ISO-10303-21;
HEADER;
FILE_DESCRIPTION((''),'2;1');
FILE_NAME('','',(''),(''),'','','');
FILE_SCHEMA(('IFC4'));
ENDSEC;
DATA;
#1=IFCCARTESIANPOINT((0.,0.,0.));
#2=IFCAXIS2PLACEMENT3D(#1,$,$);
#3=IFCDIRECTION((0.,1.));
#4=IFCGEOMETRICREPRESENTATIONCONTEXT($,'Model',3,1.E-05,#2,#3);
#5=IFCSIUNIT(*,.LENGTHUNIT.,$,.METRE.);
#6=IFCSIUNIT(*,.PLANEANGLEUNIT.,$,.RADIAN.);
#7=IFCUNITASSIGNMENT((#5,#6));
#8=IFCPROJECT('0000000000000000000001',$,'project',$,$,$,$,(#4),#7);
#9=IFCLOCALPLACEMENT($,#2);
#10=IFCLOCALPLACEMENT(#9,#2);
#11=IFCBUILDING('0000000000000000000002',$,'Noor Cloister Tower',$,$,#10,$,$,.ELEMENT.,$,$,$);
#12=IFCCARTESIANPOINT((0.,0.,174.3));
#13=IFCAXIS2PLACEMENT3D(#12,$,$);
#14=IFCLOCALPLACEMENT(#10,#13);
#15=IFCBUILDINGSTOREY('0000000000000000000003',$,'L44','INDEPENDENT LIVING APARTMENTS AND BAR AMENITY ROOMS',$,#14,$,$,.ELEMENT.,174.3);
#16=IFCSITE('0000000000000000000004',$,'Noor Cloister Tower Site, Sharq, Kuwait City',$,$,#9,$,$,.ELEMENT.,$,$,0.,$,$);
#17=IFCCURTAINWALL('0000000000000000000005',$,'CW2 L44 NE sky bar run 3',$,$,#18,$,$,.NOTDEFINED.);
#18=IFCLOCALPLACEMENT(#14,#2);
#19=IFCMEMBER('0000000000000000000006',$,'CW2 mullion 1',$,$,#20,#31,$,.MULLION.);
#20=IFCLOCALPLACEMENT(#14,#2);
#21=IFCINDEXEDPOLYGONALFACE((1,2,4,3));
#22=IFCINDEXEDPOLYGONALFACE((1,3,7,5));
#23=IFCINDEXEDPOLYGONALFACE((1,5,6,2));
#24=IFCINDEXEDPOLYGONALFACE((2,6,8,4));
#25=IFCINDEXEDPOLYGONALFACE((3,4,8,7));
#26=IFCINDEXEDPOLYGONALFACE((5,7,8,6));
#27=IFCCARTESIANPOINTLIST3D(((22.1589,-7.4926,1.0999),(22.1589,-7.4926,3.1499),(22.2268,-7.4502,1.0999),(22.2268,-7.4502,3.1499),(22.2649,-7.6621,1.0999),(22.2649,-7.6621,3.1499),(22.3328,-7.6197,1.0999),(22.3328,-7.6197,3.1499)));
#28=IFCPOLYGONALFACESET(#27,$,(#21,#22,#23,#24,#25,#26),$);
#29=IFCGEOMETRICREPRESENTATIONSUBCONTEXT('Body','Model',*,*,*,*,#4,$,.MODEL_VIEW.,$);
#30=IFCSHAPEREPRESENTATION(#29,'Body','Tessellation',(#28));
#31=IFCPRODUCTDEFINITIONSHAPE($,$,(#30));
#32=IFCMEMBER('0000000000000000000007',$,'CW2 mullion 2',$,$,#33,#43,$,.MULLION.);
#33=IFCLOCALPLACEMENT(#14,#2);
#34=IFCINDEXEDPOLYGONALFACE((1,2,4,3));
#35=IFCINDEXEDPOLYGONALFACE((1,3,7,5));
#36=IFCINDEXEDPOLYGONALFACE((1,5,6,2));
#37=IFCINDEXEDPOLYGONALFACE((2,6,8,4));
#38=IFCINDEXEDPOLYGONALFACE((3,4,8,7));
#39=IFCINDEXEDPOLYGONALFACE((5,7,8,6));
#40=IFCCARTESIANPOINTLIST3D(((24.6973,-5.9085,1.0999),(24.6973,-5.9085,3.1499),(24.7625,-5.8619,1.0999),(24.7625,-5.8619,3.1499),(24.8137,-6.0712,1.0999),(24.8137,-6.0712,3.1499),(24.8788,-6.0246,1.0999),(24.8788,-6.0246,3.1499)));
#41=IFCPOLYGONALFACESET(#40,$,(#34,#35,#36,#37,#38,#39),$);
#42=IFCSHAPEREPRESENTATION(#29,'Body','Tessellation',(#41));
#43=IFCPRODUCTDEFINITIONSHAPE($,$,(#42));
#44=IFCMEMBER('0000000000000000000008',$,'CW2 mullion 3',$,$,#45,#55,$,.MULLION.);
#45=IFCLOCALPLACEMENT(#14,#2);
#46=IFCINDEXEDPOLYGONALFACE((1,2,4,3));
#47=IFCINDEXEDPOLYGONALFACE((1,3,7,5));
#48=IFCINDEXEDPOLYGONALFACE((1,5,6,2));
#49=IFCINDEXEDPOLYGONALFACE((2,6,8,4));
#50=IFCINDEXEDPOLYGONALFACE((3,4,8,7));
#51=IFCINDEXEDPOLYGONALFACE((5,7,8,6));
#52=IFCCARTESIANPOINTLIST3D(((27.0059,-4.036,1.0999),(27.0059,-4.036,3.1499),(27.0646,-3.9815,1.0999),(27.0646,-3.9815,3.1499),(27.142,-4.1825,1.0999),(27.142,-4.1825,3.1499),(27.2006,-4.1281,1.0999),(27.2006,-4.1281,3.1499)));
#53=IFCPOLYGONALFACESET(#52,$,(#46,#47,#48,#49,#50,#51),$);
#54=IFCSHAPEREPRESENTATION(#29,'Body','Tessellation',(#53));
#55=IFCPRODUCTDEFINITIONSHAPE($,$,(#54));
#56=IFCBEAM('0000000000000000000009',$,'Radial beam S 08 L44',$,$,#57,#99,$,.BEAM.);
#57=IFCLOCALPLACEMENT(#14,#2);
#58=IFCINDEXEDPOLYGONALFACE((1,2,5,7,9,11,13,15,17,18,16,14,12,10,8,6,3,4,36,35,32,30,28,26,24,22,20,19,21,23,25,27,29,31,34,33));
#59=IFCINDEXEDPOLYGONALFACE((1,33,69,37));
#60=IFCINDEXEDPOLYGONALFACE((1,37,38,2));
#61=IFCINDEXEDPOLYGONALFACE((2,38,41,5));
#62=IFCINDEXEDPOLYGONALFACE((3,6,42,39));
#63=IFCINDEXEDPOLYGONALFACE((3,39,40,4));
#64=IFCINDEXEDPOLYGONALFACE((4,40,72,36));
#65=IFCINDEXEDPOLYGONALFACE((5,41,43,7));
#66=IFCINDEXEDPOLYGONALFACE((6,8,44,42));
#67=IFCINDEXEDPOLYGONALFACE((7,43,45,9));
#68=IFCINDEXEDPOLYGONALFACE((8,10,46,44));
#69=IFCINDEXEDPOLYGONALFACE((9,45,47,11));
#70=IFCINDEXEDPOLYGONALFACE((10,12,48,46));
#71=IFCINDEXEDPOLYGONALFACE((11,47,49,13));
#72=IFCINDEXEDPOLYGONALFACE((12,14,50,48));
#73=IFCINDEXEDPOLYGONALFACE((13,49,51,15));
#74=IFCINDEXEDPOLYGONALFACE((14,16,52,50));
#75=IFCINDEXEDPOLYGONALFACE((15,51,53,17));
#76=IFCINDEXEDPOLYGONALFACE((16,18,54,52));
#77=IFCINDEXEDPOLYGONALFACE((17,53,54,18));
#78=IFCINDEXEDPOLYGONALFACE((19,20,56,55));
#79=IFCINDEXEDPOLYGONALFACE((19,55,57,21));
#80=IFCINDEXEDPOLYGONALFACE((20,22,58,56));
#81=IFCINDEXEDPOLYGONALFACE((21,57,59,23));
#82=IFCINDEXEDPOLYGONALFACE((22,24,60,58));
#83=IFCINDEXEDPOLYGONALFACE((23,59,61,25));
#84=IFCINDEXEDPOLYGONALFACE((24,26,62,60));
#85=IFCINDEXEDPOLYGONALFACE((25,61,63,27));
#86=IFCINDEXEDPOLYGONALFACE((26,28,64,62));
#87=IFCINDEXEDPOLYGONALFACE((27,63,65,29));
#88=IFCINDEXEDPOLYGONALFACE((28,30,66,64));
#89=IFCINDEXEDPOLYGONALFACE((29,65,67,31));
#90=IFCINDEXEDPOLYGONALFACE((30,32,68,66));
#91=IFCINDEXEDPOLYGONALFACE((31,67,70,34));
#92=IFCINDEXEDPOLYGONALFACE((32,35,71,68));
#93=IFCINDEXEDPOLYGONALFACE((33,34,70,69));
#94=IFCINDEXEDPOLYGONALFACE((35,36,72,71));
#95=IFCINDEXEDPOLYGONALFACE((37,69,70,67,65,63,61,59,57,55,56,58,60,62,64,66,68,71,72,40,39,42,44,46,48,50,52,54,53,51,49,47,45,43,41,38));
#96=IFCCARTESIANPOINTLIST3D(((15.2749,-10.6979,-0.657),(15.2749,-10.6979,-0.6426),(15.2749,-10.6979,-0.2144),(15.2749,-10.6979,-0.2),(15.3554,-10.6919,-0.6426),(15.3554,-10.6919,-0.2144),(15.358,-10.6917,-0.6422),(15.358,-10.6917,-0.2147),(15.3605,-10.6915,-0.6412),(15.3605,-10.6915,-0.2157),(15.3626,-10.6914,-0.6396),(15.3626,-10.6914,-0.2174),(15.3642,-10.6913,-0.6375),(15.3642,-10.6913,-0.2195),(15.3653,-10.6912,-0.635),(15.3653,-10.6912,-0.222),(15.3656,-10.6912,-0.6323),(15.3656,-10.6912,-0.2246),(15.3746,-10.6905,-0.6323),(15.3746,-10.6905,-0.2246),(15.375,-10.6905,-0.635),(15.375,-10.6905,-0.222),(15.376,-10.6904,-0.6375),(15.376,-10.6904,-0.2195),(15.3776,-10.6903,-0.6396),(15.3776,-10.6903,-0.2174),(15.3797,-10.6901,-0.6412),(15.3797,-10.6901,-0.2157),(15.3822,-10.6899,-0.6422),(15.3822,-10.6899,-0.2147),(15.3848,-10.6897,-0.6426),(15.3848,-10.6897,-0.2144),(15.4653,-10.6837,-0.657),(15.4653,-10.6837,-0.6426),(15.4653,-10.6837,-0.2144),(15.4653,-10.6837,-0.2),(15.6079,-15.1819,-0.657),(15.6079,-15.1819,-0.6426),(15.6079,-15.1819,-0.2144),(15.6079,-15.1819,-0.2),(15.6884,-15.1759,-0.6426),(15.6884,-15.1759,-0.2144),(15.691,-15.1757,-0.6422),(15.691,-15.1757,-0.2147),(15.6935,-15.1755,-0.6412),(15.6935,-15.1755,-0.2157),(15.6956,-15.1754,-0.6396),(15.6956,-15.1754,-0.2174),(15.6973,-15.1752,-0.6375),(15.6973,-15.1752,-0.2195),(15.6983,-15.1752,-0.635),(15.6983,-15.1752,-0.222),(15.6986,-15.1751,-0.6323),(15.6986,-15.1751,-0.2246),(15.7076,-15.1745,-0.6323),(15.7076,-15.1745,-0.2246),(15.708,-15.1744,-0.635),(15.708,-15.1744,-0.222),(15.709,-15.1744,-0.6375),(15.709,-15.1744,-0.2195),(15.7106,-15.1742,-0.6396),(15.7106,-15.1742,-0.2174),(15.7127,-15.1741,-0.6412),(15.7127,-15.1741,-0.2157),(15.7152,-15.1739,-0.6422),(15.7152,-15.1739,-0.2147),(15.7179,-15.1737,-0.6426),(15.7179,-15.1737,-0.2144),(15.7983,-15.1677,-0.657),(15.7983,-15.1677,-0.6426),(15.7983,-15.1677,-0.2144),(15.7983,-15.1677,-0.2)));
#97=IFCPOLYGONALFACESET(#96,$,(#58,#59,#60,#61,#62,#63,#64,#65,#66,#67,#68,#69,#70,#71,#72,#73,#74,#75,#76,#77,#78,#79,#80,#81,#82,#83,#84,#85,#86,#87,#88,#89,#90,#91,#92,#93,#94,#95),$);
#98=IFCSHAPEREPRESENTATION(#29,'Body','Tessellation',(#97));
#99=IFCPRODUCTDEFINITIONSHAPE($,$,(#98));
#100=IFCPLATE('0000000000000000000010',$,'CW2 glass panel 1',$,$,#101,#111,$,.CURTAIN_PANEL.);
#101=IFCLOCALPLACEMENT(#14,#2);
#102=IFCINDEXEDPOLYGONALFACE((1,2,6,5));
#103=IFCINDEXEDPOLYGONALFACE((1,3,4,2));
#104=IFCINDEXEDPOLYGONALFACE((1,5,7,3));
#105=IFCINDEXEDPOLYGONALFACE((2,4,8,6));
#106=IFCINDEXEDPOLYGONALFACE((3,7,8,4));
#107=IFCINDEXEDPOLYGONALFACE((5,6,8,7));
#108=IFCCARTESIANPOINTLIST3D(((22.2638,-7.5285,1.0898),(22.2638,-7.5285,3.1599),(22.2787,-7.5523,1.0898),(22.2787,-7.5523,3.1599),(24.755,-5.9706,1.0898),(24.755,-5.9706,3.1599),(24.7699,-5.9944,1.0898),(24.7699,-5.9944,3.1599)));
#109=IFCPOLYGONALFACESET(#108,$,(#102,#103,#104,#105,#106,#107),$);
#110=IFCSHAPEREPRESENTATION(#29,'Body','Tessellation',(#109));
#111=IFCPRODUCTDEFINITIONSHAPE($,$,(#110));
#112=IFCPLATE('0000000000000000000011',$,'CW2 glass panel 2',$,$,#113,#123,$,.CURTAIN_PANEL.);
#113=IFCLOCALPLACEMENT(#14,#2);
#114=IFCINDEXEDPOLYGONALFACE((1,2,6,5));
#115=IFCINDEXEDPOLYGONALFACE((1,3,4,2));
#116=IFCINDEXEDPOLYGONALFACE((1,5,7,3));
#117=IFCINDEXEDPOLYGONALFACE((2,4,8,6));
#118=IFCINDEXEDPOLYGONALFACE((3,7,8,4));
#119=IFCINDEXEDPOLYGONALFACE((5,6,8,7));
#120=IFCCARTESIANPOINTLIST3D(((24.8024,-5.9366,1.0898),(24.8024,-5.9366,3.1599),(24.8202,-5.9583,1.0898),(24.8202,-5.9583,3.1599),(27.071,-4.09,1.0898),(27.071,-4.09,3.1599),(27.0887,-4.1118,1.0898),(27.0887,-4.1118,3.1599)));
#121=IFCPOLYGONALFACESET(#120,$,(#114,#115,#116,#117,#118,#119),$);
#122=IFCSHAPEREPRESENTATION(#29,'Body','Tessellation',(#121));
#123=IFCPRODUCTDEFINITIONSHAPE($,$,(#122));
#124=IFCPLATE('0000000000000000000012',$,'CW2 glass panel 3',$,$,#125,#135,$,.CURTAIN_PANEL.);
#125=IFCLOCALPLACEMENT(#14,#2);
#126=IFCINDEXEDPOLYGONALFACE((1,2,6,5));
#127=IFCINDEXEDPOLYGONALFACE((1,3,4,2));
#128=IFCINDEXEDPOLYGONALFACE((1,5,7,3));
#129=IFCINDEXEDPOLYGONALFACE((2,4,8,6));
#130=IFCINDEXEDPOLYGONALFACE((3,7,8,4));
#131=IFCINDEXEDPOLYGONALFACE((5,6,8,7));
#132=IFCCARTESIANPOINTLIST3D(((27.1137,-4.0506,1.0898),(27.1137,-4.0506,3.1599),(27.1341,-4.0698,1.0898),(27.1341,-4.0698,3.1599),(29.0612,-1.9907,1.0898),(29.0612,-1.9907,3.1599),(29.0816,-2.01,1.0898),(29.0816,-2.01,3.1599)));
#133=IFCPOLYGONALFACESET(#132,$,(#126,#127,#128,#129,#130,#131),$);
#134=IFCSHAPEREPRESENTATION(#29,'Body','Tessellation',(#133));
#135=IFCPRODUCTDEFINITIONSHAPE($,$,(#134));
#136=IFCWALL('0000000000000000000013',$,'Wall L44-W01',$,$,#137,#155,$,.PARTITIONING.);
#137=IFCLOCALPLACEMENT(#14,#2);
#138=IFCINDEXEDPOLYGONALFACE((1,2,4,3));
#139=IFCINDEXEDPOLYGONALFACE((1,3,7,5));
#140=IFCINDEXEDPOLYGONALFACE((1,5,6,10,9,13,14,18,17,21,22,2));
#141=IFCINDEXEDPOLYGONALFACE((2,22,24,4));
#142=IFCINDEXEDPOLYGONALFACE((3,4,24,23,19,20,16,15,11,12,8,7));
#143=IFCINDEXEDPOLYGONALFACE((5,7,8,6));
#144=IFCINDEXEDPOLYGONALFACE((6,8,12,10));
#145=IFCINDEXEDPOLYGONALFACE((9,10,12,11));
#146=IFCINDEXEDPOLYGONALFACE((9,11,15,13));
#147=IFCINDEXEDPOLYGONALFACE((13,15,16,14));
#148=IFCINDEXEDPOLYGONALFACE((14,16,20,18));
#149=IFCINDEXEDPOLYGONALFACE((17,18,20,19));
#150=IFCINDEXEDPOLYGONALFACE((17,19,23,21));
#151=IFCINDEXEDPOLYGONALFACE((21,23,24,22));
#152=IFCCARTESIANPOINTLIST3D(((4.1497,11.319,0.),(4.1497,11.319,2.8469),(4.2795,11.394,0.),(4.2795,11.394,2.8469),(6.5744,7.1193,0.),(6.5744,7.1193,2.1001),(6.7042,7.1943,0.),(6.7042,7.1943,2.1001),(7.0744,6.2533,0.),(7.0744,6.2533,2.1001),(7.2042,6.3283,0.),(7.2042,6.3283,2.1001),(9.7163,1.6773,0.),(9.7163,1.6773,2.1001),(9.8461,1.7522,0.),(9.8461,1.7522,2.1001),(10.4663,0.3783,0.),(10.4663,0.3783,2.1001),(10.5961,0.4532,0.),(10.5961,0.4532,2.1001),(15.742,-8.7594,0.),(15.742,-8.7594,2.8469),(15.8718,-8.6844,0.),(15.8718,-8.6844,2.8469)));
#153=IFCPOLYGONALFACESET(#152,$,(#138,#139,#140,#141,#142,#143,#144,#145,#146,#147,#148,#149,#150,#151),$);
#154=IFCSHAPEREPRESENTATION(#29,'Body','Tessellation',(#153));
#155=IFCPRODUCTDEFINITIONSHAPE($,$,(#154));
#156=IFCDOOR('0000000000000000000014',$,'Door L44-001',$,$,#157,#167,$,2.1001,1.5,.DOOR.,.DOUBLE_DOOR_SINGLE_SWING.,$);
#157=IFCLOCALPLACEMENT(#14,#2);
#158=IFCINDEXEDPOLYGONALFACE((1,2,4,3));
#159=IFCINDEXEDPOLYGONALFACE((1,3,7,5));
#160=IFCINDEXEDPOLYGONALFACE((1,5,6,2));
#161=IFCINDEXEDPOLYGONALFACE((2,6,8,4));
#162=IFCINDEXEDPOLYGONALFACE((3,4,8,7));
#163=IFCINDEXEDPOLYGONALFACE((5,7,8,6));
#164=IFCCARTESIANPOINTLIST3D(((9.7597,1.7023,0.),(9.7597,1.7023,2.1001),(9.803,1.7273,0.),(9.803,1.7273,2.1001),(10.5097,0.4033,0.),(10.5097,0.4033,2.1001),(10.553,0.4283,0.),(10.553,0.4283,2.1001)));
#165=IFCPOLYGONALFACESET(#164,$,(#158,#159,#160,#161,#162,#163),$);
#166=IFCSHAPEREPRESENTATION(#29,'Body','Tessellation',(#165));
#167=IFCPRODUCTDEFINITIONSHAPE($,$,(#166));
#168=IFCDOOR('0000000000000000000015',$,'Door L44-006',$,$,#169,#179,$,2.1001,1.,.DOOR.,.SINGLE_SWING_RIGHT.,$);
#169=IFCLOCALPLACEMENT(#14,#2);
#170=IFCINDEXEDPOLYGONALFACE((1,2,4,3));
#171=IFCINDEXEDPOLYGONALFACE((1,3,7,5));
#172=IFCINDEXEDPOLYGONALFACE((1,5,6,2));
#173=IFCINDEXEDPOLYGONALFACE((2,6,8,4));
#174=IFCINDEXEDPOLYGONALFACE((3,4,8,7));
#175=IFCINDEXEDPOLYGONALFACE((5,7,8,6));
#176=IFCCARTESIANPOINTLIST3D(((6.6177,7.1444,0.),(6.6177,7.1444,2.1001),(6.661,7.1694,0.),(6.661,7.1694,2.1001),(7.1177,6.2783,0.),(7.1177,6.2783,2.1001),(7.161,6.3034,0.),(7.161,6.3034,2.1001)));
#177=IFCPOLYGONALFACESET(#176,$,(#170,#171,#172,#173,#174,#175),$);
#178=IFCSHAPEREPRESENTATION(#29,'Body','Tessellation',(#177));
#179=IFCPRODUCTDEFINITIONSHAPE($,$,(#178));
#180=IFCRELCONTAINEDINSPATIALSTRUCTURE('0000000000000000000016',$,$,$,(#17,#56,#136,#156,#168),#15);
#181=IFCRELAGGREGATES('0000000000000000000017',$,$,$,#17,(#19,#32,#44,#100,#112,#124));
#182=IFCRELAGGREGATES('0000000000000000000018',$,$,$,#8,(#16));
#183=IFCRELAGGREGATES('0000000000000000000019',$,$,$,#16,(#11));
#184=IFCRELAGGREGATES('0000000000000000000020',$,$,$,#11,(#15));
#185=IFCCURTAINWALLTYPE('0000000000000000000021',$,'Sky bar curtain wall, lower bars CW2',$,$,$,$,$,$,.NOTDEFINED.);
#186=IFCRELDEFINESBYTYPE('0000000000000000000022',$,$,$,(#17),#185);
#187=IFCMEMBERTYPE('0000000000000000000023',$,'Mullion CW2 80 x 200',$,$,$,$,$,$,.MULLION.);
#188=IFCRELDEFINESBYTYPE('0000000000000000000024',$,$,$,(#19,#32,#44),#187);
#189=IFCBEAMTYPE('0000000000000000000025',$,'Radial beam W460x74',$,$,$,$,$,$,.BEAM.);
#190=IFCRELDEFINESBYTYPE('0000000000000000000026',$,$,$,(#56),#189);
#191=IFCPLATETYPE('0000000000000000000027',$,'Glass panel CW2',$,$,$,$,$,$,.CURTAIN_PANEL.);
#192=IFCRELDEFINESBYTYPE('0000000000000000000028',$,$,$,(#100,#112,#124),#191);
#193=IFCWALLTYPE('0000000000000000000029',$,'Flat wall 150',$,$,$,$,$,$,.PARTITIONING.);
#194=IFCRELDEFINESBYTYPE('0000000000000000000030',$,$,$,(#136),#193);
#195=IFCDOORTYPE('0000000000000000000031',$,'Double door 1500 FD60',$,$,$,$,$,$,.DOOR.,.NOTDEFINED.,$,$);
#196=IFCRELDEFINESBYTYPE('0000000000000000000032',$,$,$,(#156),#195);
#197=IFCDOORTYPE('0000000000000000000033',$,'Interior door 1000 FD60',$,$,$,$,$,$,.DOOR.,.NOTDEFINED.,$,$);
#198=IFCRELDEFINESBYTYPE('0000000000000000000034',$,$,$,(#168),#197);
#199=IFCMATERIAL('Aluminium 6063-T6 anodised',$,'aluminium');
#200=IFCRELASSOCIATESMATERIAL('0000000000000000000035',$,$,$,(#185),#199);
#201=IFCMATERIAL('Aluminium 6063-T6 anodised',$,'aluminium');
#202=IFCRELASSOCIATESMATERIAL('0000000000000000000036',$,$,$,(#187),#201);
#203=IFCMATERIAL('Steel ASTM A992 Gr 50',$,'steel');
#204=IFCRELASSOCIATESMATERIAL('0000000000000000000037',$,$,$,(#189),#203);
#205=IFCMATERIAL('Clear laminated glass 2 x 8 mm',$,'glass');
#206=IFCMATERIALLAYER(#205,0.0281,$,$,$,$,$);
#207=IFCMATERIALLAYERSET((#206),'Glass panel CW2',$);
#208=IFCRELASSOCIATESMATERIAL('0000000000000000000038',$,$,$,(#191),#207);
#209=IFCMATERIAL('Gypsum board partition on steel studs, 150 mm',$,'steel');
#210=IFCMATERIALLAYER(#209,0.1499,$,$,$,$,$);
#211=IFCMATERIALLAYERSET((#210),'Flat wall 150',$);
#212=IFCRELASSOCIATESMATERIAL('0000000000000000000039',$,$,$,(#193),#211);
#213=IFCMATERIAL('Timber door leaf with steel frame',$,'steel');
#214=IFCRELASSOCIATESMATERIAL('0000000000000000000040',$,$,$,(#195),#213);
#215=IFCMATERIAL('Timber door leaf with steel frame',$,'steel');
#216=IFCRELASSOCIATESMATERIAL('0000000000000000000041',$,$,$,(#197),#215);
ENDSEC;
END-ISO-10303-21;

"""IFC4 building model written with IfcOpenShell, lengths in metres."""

from ifc_helpers import new_model, si_unit, direction, frame, frame_2d, origin, origin_2d, place, context, subcontext, project, spatial, rectangle, i_section, extrude, material, layer, layer_set, material_profile, profile_set, type_object, element, fill, aggregate, save


model = new_model("IFC4")

# Units and contexts
model_context = context("Model", 3, precision=1e-05, world=origin(), true_north=direction((0.0, 1.0)))
body_context = subcontext(model_context, "Body", "Model", "MODEL_VIEW")
ifc_project = project(units=[si_unit("LENGTHUNIT", "METRE"), si_unit("PLANEANGLEUNIT", "RADIAN")], contexts=[model_context])

# Site, building, storey
site_placement = place(None, origin())
site = spatial("IfcSite", under=ifc_project, at=site_placement, Name="Noor Cloister Tower Site, Sharq, Kuwait City", CompositionType="ELEMENT", RefElevation=0.0)
building_placement = place(site_placement, origin())
building = spatial("IfcBuilding", under=site, at=building_placement, Name="Noor Cloister Tower", CompositionType="ELEMENT")
storey_placement = place(building_placement, frame((0.0, 0.0, 174.3)))
storey = spatial("IfcBuildingStorey", under=building, at=storey_placement, Name="L44", Description="INDEPENDENT LIVING APARTMENTS AND BAR AMENITY ROOMS", CompositionType="ELEMENT", Elevation=174.3)

# Curtain wall, members
ifc_material_1 = material(Name="Aluminium 6063-T6 anodised", Category="aluminium")
curtain_wall_type = type_object("IfcCurtainWallType", Name="Sky bar curtain wall, lower bars CW2", PredefinedType="NOTDEFINED", material=ifc_material_1)
curtain_wall_placement = place(storey_placement, origin())
curtain_wall = element("IfcCurtainWall", 1, at=curtain_wall_placement, inside=storey, type_object=curtain_wall_type, Name="CW2 L44 NE sky bar run 3", PredefinedType="NOTDEFINED")
ifc_material_2 = material(Name="Aluminium 6063-T6 anodised", Category="aluminium")
ifc_material_profile_1 = material_profile(ifc_material_2, rectangle(XDim=0.2, YDim=0.0801, at=origin_2d()), Name="200 x 80 mullion")
ifc_profile_set_1 = profile_set([ifc_material_profile_1], Name="Aluminium 6063-T6 anodised")
member_type = type_object("IfcMemberType", Name="Mullion CW2 80 x 200", PredefinedType="MULLION", material=ifc_profile_set_1)
member_1_placement = place(storey_placement, frame((22.2458, -7.5562, 1.0999), z_axis=(0.0, 0.0, 1.0), x_axis=(-0.530209, 0.847867, 0.0)))
member_1 = element("IfcMember", 2, at=member_1_placement, type_object=member_type, Name="CW2 mullion 1", PredefinedType="MULLION", context=body_context, shape_type="SweptSolid", body=[
    extrude(rectangle(XDim=0.2, YDim=0.0801, at=origin_2d()), origin(), (0.0, 0.0, 1.0), 2.05),
])
member_2_placement = place(storey_placement, frame((24.7881, -5.9666, 1.0999), z_axis=(0.0, 0.0, 1.0), x_axis=(-0.581874, 0.813279, 0.0)))
member_2 = element("IfcMember", 3, at=member_2_placement, type_object=member_type, Name="CW2 mullion 2", PredefinedType="MULLION", context=body_context, shape_type="SweptSolid", body=[
    extrude(rectangle(XDim=0.2, YDim=0.0801, at=origin_2d()), origin(), (0.0, 0.0, 1.0), 2.05),
])
member_3_placement = place(storey_placement, frame((27.1033, -4.082, 1.0999), z_axis=(0.0, 0.0, 1.0), x_axis=(-0.680412, 0.732829, 0.0)))
member_3 = element("IfcMember", 4, at=member_3_placement, type_object=member_type, Name="CW2 mullion 3", PredefinedType="MULLION", context=body_context, shape_type="SweptSolid", body=[
    extrude(rectangle(XDim=0.2, YDim=0.0801, at=origin_2d()), origin(), (0.0, 0.0, 1.0), 2.05),
])

# Beam
ifc_material_3 = material(Name="Steel ASTM A992 Gr 50", Category="steel")
ifc_material_profile_2 = material_profile(ifc_material_3, i_section(OverallWidth=0.1909, OverallDepth=0.457, WebThickness=0.009, FlangeThickness=0.0144, FilletRadius=0.0103, at=origin_2d()), Name="W460x74")
ifc_profile_set_2 = profile_set([ifc_material_profile_2], Name="Steel ASTM A992 Gr 50")
beam_type_1 = type_object("IfcBeamType", Name="Radial beam W460x74", PredefinedType="BEAM", material=ifc_profile_set_2)
beam_1_placement = place(storey_placement, frame((15.7031, -15.1748, -0.4285), z_axis=(-0.074064, 0.997254, 0.0), x_axis=(-0.997254, -0.074064, 0.0)))
element("IfcBeam", 5, at=beam_1_placement, inside=storey, type_object=beam_type_1, Name="Radial beam S 08 L44", PredefinedType="BEAM", context=body_context, shape_type="SweptSolid", body=[
    extrude(i_section(OverallWidth=0.1909, OverallDepth=0.457, WebThickness=0.009, FlangeThickness=0.0144, FilletRadius=0.0103, at=origin_2d()), origin(), (0.0, 0.0, 1.0), 4.4963),
])

# Plates
ifc_material_4 = material(Name="Clear laminated glass 2 x 8 mm", Category="glass")
ifc_layer_1 = layer(ifc_material_4, 0.0281)
ifc_layer_set_1 = layer_set([ifc_layer_1], Name="Glass panel CW2")
plate_type = type_object("IfcPlateType", Name="Glass panel CW2", PredefinedType="CURTAIN_PANEL", material=ifc_layer_set_1)
plate_1_placement = place(storey_placement, frame((23.5168, -6.7615, 1.0898), z_axis=(0.0, 0.0, 1.0), x_axis=(0.847867, 0.530209, 0.0)))
plate_1 = element("IfcPlate", 6, at=plate_1_placement, type_object=plate_type, Name="CW2 glass panel 1", PredefinedType="CURTAIN_PANEL", context=body_context, shape_type="SweptSolid", body=[
    extrude(rectangle(XDim=2.9382, YDim=0.0281, at=origin_2d()), origin(), (0.0, 0.0, 1.0), 2.0701),
])
plate_2_placement = place(storey_placement, frame((25.9456, -5.0242, 1.0898), z_axis=(0.0, 0.0, 1.0), x_axis=(0.775547, 0.63129, 0.0)))
plate_2 = element("IfcPlate", 7, at=plate_2_placement, type_object=plate_type, Name="CW2 glass panel 2", PredefinedType="CURTAIN_PANEL", context=body_context, shape_type="SweptSolid", body=[
    extrude(rectangle(XDim=2.925, YDim=0.0281, at=origin_2d()), origin(), (0.0, 0.0, 1.0), 2.0701),
])
plate_3_placement = place(storey_placement, frame((28.0977, -3.0303, 1.0898), z_axis=(0.0, 0.0, 1.0), x_axis=(0.687007, 0.726651, 0.0)))
plate_3 = element("IfcPlate", 8, at=plate_3_placement, type_object=plate_type, Name="CW2 glass panel 3", PredefinedType="CURTAIN_PANEL", context=body_context, shape_type="SweptSolid", body=[
    extrude(rectangle(XDim=2.8347, YDim=0.0281, at=origin_2d()), origin(), (0.0, 0.0, 1.0), 2.0701),
])
aggregate(curtain_wall, [member_1, member_2, member_3, plate_1, plate_2, plate_3])

# Wall, openings, doors
ifc_material_5 = material(Name="Gypsum board partition on steel studs, 150 mm", Category="steel")
ifc_layer_2 = layer(ifc_material_5, 0.1499)
ifc_layer_set_2 = layer_set([ifc_layer_2], Name="Flat wall 150")
wall_type_1 = type_object("IfcWallType", Name="Flat wall 150", PredefinedType="PARTITIONING", material=ifc_layer_set_2)
wall_1_placement = place(storey_placement, frame((15.8069, -8.7219, 0.0), z_axis=(0.0, 0.0, 1.0), x_axis=(-0.500001, 0.866025, 0.0)))
wall_1 = element("IfcWall", 9, at=wall_1_placement, inside=storey, type_object=wall_type_1, Name="Wall L44-W01", PredefinedType="PARTITIONING", context=body_context, shape_type="SweptSolid", body=[
    extrude(rectangle(XDim=23.1846, YDim=0.1499, at=frame_2d((11.5923, 0.0))), origin(), (0.0, 0.0, 1.0), 2.8469),
])
opening_1_placement = place(wall_1_placement, frame((10.5513, 0.0, 0.0)))
opening_1 = element("IfcOpeningElement", 10, at=opening_1_placement, cuts=wall_1, PredefinedType="OPENING", context=body_context, shape_type="SweptSolid", body=[
    extrude(rectangle(XDim=1.5, YDim=2.1001, at=frame_2d((0.75, 1.05))), frame((0.0, 0.085, 0.0), z_axis=(0.0, -1.0, 0.0), x_axis=(1.0, 0.0, 0.0)), (0.0, 0.0, 1.0), 0.1699),
])
opening_2_placement = place(wall_1_placement, frame((17.3352, 0.0, 0.0)))
opening_2 = element("IfcOpeningElement", 11, at=opening_2_placement, cuts=wall_1, PredefinedType="OPENING", context=body_context, shape_type="SweptSolid", body=[
    extrude(rectangle(XDim=1.0, YDim=2.1001, at=frame_2d((0.5, 1.05))), frame((0.0, 0.085, 0.0), z_axis=(0.0, -1.0, 0.0), x_axis=(1.0, 0.0, 0.0)), (0.0, 0.0, 1.0), 0.1699),
])
ifc_material_6 = material(Name="Timber door leaf with steel frame", Category="steel")
door_type_1 = type_object("IfcDoorType", Name="Double door 1500 FD60", OperationType="NOTDEFINED", PredefinedType="DOOR", material=ifc_material_6)
door_1_placement = place(opening_1_placement, origin())
door_1 = element("IfcDoor", 12, at=door_1_placement, inside=storey, type_object=door_type_1, Name="Door L44-001", OperationType="DOUBLE_DOOR_SINGLE_SWING", OverallHeight=2.1001, OverallWidth=1.5, PredefinedType="DOOR", context=body_context, shape_type="SweptSolid", body=[
    extrude(rectangle(XDim=1.5, YDim=2.1001, at=frame_2d((0.75, 1.05))), frame((0.0, 0.0249, 0.0), z_axis=(0.0, -1.0, 0.0), x_axis=(1.0, 0.0, 0.0)), (0.0, 0.0, 1.0), 0.05),
])
fill(opening_1, door_1)
ifc_material_7 = material(Name="Timber door leaf with steel frame", Category="steel")
door_type_2 = type_object("IfcDoorType", Name="Interior door 1000 FD60", OperationType="NOTDEFINED", PredefinedType="DOOR", material=ifc_material_7)
door_2_placement = place(opening_2_placement, origin())
door_2 = element("IfcDoor", 13, at=door_2_placement, inside=storey, type_object=door_type_2, Name="Door L44-006", OperationType="SINGLE_SWING_RIGHT", OverallHeight=2.1001, OverallWidth=1.0, PredefinedType="DOOR", context=body_context, shape_type="SweptSolid", body=[
    extrude(rectangle(XDim=1.0, YDim=2.1001, at=frame_2d((0.5, 1.05))), frame((0.0, 0.0249, 0.0), z_axis=(0.0, -1.0, 0.0), x_axis=(1.0, 0.0, 0.0)), (0.0, 0.0, 1.0), 0.05),
])
fill(opening_2, door_2)

save(model, "model.ifc")
